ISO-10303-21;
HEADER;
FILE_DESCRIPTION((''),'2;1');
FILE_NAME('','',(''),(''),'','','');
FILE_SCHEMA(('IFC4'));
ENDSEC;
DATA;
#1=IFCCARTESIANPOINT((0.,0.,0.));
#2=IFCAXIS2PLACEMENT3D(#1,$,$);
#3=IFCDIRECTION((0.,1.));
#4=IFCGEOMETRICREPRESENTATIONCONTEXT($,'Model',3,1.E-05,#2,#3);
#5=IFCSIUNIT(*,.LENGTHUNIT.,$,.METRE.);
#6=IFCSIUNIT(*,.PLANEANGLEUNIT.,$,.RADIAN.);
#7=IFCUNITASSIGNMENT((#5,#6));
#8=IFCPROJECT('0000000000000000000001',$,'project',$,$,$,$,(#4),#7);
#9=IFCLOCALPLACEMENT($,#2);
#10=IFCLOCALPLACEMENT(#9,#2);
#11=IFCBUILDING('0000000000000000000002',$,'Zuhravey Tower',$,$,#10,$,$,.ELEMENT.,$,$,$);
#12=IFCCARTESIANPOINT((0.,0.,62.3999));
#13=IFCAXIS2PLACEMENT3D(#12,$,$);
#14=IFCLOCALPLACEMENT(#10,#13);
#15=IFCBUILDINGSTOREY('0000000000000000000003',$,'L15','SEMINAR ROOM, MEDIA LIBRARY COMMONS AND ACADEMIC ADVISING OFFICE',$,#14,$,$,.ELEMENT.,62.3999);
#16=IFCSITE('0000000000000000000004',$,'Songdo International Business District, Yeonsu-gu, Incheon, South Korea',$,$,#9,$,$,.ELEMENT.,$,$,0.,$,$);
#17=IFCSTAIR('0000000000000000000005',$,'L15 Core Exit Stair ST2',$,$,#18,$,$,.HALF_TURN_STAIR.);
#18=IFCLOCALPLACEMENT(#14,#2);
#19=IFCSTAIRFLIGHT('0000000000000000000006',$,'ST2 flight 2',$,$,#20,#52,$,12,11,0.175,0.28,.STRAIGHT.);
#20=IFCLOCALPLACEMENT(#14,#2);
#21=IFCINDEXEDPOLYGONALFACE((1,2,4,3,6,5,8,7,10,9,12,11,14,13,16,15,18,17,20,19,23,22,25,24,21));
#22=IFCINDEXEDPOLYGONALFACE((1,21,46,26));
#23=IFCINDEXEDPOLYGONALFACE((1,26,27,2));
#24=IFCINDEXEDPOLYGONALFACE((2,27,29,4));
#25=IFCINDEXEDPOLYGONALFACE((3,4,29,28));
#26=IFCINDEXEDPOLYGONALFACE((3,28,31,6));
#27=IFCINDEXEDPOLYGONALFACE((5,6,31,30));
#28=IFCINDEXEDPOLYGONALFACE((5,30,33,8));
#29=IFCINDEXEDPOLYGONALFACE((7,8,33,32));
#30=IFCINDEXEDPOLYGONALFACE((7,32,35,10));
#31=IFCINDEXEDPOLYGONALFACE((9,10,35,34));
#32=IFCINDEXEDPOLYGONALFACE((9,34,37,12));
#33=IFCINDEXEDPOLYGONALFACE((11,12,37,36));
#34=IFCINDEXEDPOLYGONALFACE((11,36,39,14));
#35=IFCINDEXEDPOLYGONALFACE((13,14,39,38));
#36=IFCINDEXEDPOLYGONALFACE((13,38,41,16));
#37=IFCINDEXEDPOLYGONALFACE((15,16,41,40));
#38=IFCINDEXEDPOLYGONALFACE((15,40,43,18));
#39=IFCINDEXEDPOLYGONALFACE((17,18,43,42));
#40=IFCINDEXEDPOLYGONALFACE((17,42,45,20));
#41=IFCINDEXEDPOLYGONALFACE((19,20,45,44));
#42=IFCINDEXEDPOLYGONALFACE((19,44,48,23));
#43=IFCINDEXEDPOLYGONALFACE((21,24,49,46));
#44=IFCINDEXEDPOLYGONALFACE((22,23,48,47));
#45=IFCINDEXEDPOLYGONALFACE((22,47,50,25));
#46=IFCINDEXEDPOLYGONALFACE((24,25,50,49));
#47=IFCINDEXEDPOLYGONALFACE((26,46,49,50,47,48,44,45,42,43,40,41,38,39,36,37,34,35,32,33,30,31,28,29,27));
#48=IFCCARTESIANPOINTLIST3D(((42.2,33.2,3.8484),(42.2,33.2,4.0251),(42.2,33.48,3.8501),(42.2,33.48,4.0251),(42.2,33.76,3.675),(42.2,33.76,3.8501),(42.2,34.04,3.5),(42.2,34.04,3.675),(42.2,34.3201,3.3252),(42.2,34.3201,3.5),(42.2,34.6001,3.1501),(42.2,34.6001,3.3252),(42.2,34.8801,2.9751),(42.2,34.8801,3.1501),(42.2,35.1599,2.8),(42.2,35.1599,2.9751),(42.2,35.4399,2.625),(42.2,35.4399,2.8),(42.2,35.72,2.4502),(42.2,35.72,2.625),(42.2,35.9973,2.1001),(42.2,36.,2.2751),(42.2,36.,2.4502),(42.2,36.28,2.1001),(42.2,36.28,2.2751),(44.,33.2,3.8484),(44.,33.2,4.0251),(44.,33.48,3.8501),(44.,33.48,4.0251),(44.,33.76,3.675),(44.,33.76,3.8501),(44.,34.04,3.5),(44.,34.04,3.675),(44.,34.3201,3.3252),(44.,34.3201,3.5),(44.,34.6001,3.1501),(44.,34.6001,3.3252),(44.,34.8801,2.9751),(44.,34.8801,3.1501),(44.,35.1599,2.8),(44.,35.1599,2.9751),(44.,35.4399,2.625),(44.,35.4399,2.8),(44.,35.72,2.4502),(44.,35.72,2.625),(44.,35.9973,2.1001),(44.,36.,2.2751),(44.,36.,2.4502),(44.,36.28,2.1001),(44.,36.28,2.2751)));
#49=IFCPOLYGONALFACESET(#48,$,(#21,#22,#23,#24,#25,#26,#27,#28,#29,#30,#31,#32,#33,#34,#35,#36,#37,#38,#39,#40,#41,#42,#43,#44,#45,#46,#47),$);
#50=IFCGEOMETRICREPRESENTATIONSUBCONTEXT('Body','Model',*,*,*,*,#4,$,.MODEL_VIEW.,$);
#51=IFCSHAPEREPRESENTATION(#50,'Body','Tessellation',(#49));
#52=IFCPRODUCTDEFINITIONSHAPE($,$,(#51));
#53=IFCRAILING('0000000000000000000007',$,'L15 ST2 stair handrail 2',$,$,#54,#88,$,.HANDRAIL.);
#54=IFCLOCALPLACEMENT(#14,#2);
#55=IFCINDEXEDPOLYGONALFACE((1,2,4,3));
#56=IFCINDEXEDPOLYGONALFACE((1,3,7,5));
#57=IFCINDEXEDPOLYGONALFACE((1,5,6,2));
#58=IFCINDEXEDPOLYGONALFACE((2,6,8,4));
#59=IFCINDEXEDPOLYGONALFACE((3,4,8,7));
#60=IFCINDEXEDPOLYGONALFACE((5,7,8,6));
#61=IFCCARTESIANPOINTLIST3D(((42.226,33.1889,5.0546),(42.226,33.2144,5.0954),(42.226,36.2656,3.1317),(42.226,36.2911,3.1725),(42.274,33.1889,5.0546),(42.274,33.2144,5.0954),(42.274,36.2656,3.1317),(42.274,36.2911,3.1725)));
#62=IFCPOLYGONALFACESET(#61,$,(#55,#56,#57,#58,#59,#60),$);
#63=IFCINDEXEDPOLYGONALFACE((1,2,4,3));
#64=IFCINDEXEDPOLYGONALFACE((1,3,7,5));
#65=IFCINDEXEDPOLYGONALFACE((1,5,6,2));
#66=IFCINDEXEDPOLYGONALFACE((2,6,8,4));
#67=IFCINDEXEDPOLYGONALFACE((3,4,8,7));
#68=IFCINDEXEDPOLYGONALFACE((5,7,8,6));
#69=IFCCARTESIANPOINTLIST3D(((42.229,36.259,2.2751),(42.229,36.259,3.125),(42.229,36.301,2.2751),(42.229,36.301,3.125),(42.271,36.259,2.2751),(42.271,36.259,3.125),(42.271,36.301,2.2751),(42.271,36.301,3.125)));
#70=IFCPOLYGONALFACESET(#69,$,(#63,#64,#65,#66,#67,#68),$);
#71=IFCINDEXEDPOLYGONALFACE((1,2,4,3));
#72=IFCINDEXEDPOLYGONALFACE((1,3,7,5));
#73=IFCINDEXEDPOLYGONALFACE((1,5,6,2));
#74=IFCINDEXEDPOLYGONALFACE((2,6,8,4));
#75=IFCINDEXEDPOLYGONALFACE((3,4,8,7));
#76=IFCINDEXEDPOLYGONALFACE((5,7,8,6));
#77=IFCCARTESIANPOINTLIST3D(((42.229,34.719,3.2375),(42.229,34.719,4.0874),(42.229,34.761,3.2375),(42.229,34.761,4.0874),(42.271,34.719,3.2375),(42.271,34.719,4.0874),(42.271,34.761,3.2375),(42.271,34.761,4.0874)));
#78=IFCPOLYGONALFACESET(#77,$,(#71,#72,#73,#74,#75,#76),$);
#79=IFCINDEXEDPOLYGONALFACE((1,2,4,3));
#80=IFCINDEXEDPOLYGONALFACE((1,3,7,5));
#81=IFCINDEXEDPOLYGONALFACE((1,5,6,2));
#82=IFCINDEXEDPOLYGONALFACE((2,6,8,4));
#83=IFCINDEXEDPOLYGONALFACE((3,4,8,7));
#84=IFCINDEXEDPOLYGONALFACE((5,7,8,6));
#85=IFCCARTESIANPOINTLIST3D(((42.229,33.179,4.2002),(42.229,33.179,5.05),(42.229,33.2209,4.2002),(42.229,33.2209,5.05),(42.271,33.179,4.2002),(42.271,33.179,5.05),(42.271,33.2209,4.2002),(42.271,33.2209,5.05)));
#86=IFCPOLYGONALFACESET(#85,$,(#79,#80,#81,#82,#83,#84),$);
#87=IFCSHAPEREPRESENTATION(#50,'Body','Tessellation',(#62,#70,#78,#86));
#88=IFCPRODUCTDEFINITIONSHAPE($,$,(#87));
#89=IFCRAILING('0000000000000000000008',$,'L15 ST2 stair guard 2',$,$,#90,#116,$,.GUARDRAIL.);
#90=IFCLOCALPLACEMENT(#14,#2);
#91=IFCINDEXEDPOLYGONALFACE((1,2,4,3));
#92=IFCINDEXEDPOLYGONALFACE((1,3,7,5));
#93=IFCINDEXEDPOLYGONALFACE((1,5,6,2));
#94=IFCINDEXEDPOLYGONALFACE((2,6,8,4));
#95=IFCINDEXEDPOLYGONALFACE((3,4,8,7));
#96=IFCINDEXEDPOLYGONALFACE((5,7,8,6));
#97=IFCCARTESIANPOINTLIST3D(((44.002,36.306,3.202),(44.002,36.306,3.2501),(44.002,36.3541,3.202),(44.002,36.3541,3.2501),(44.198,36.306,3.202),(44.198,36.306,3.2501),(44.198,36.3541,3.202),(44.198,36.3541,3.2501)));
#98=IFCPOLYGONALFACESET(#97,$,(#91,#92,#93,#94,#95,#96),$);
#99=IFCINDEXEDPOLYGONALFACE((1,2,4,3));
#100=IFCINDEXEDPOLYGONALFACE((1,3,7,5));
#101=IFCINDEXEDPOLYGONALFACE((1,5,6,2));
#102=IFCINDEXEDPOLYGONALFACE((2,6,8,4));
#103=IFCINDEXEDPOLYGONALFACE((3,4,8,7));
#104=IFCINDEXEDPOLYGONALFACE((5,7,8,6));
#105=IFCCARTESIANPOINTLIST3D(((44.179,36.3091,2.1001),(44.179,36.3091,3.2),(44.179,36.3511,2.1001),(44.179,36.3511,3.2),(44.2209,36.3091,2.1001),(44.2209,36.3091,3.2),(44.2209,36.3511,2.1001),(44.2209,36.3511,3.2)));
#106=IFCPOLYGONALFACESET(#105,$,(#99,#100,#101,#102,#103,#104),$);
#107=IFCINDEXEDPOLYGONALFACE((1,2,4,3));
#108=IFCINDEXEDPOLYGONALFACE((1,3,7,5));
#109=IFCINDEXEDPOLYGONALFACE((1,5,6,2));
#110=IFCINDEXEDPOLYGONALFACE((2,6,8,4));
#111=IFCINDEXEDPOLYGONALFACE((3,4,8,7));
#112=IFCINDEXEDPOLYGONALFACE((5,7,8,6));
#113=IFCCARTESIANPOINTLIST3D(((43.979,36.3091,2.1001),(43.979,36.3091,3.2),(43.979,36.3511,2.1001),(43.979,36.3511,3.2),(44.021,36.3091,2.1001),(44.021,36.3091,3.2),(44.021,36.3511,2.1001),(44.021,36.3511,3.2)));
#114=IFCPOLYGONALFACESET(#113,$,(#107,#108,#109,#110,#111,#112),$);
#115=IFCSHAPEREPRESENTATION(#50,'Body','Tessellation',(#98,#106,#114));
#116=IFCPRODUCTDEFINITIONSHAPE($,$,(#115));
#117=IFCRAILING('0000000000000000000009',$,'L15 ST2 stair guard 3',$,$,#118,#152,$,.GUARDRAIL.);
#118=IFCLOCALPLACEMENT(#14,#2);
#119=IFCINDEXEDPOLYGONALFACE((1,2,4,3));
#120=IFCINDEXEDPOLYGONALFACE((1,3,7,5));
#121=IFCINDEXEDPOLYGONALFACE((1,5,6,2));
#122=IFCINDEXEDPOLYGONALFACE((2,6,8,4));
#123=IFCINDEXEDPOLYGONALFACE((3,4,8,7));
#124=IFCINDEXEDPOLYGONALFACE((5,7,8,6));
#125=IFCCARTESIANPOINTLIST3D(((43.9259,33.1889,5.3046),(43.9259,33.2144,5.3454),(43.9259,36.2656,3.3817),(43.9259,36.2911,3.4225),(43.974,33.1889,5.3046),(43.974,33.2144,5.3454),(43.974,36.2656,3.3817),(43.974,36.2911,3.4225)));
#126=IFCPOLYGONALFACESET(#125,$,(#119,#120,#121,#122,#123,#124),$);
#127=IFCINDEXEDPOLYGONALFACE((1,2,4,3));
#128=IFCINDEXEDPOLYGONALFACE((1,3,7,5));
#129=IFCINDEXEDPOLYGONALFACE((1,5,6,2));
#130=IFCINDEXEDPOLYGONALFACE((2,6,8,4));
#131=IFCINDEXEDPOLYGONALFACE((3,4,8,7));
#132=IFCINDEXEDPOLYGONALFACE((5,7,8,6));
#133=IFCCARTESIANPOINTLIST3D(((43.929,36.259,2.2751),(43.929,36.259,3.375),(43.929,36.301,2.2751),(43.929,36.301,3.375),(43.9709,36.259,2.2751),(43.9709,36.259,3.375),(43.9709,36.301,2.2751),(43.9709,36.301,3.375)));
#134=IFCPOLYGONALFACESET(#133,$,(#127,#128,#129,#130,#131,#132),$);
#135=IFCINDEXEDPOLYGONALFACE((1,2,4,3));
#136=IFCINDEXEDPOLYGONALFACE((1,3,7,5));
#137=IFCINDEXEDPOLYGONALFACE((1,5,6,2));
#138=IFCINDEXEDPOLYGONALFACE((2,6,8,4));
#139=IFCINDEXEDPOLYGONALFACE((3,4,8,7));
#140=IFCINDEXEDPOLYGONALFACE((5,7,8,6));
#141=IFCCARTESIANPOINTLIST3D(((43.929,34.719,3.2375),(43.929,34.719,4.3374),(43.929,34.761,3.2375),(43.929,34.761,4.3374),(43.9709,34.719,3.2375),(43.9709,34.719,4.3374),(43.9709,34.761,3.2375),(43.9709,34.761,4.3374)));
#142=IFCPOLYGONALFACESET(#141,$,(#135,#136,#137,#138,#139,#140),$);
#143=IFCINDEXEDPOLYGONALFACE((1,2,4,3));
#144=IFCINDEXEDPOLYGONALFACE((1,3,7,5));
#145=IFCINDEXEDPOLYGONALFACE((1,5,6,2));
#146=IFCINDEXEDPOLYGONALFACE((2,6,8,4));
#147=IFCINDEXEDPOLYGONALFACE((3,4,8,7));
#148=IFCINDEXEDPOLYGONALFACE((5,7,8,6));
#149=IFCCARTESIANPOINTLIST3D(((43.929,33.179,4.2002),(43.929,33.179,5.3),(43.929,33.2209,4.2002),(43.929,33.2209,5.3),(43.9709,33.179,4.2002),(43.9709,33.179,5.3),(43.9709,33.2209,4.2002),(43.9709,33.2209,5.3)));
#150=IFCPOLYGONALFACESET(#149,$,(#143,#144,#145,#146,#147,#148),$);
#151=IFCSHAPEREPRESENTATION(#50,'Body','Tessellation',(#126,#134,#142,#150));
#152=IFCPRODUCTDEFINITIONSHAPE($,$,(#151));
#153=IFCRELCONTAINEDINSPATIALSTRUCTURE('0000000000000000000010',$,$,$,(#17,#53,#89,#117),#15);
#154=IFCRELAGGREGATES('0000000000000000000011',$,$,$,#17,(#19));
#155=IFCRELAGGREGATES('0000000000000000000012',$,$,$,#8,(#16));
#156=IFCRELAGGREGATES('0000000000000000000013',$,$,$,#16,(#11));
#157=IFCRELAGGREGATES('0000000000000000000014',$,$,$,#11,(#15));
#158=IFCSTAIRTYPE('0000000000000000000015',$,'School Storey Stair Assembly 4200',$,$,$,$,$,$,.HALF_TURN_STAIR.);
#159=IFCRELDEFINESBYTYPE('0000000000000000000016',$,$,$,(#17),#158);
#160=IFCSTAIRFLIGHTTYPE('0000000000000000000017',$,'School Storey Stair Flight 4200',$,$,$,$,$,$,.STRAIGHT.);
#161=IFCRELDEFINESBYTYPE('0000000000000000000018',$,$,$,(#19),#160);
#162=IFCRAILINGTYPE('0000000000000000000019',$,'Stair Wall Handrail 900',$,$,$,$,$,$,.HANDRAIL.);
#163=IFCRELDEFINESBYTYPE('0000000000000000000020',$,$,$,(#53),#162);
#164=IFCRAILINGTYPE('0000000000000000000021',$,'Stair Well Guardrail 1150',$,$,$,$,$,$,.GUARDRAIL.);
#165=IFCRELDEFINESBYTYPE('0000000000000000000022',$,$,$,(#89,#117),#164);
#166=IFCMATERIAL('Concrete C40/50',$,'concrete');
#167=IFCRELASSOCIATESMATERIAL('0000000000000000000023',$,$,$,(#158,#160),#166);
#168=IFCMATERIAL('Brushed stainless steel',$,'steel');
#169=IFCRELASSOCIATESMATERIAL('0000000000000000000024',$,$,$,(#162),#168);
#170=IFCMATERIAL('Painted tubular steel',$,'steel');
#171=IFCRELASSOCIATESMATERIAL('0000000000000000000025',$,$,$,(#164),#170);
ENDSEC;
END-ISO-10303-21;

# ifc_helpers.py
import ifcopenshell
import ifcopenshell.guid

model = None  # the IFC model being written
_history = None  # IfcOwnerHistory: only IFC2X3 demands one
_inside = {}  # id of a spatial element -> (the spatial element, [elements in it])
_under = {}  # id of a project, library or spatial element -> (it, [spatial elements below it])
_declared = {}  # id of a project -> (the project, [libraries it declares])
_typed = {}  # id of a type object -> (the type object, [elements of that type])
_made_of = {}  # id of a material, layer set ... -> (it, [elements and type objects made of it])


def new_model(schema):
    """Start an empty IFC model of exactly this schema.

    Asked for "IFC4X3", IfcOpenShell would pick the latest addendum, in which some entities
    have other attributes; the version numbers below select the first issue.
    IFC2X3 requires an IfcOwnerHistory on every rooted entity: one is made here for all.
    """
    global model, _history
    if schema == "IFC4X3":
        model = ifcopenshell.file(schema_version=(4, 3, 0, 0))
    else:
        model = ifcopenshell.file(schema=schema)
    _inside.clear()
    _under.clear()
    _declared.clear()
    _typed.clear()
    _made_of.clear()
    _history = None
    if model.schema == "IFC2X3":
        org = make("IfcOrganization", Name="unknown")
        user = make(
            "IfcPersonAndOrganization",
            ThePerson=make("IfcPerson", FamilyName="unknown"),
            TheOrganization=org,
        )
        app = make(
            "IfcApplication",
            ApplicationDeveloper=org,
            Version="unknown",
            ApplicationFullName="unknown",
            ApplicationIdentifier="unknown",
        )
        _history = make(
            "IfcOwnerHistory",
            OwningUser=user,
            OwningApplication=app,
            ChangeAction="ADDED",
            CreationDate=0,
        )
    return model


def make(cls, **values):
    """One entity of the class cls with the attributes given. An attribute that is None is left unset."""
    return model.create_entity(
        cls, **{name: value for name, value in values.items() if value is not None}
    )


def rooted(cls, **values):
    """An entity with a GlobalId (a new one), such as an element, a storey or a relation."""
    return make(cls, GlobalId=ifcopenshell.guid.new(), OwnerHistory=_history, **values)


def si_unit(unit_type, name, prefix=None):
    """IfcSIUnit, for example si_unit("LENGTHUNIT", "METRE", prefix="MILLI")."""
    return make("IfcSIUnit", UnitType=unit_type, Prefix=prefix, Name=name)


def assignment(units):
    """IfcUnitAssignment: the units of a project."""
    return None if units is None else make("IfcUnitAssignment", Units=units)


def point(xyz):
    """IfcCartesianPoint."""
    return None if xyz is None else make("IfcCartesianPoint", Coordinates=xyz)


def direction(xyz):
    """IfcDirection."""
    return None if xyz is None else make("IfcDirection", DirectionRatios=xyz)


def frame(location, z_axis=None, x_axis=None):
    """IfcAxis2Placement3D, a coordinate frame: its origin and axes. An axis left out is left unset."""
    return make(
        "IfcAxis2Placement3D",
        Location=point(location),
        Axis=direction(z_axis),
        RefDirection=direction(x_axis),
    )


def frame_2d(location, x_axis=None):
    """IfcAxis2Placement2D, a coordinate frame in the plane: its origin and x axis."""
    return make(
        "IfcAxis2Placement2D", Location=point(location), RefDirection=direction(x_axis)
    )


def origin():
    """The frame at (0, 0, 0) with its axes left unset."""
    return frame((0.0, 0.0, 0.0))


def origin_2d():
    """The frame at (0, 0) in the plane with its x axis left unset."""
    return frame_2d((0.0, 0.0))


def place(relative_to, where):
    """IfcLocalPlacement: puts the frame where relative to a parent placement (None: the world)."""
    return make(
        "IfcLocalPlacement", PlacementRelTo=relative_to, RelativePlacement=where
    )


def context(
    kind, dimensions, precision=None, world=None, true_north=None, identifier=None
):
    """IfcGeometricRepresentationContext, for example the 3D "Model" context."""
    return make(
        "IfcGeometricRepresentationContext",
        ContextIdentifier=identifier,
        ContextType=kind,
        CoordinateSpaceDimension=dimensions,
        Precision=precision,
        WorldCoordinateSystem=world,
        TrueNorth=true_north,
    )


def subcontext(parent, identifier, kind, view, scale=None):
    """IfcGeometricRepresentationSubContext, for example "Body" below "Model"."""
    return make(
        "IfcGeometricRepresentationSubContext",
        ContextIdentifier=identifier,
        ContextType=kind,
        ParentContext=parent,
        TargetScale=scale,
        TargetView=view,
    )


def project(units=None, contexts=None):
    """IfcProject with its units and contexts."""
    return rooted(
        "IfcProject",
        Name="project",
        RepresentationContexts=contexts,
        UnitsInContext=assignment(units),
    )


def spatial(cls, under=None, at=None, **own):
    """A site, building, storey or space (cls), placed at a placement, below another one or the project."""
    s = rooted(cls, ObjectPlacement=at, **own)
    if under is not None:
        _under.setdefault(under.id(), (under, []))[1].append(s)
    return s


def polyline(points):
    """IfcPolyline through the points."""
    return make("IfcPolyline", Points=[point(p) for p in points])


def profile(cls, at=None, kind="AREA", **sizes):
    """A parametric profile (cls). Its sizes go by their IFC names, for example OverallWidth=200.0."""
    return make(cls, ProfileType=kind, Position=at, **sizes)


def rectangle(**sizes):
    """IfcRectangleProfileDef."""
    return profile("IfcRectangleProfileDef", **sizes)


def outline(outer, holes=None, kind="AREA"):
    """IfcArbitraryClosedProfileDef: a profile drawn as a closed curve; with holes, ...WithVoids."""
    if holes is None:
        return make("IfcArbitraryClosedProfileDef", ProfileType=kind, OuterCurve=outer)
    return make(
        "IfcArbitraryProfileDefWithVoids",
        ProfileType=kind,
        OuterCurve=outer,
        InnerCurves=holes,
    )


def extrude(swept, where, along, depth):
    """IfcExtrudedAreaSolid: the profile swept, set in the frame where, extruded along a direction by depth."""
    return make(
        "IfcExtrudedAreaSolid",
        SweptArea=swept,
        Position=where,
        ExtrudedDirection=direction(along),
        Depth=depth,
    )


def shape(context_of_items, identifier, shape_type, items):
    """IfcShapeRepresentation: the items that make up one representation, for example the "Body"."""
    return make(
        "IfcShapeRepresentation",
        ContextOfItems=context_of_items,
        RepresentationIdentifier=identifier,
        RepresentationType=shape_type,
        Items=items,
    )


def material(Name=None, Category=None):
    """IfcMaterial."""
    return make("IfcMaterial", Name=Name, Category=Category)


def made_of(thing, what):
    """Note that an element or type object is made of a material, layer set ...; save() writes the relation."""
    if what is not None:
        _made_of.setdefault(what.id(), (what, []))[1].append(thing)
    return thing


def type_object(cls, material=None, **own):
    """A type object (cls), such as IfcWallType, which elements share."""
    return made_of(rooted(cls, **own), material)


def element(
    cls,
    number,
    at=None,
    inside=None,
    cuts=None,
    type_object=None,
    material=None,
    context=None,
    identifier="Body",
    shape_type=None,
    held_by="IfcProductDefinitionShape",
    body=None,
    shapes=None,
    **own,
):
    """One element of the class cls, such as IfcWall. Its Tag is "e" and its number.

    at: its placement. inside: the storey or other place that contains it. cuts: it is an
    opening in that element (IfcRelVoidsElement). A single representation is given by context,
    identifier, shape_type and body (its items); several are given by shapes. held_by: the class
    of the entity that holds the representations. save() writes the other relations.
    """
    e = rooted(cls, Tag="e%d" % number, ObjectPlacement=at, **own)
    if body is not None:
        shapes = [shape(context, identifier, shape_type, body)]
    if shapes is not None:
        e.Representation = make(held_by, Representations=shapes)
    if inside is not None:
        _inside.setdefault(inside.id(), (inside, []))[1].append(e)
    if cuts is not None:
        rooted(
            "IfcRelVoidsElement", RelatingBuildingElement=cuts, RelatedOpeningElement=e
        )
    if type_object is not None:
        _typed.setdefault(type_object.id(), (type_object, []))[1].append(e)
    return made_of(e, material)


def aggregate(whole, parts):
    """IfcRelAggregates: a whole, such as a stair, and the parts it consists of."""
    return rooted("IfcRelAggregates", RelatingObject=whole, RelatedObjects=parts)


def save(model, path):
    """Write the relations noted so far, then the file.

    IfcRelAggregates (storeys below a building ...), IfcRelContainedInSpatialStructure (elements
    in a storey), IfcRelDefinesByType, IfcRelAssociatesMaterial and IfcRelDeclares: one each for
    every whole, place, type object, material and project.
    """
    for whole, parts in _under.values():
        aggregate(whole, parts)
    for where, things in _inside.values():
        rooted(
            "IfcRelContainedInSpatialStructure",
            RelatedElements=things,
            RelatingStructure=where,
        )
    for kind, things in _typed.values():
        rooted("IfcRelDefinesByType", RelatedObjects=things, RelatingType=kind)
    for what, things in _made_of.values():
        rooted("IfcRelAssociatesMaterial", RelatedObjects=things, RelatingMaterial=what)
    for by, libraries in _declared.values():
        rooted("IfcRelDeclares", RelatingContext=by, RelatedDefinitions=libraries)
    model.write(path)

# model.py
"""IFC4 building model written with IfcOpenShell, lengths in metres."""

from ifc_helpers import new_model, si_unit, direction, frame, origin, origin_2d, place, context, subcontext, project, spatial, polyline, rectangle, outline, extrude, material, type_object, element, aggregate, save


model = new_model("IFC4")

# Units and contexts
model_context = context("Model", 3, precision=1e-05, world=origin(), true_north=direction((0.0, 1.0)))
body_context = subcontext(model_context, "Body", "Model", "MODEL_VIEW")
ifc_project = project(units=[si_unit("LENGTHUNIT", "METRE"), si_unit("PLANEANGLEUNIT", "RADIAN")], contexts=[model_context])

# Site, building, storey
site_placement = place(None, origin())
site = spatial("IfcSite", under=ifc_project, at=site_placement, Name="Songdo International Business District, Yeonsu-gu, Incheon, South Korea", CompositionType="ELEMENT", RefElevation=0.0)
building_placement = place(site_placement, origin())
building = spatial("IfcBuilding", under=site, at=building_placement, Name="Zuhravey Tower", CompositionType="ELEMENT")
storey_placement = place(building_placement, frame((0.0, 0.0, 62.3999)))
storey = spatial("IfcBuildingStorey", under=building, at=storey_placement, Name="L15", Description="SEMINAR ROOM, MEDIA LIBRARY COMMONS AND ACADEMIC ADVISING OFFICE", CompositionType="ELEMENT", Elevation=62.3999)

# Stair, stair flight
ifc_material_1 = material(Name="Concrete C40/50", Category="concrete")
stair_type = type_object("IfcStairType", Name="School Storey Stair Assembly 4200", PredefinedType="HALF_TURN_STAIR", material=ifc_material_1)
stair_placement = place(storey_placement, origin())
stair = element("IfcStair", 1, at=stair_placement, inside=storey, type_object=stair_type, Name="L15 Core Exit Stair ST2", PredefinedType="HALF_TURN_STAIR")
stair_flight_type = type_object("IfcStairFlightType", Name="School Storey Stair Flight 4200", PredefinedType="STRAIGHT", material=ifc_material_1)
stair_flight_placement = place(storey_placement, frame((43.1001, 36.28, 2.1001), z_axis=(0.0, 0.0, 1.0), x_axis=(0.0, -1.0, 0.0)))
stair_flight = element("IfcStairFlight", 2, at=stair_flight_placement, type_object=stair_flight_type, Name="ST2 flight 2", NumberOfRisers=12, NumberOfTreads=11, PredefinedType="STRAIGHT", RiserHeight=0.175, TreadLength=0.28, context=body_context, shape_type="SweptSolid", body=[
    extrude(outline(polyline([(0.0, 0.0), (0.0, 0.175), (0.28, 0.175), (0.28, 0.3501), (0.5601, 0.3501), (0.5601, 0.5249), (0.8401, 0.5249), (0.8401, 0.7), (1.1201, 0.7), (1.1201, 0.875), (1.3999, 0.875), (1.3999, 1.05), (1.6799, 1.05), (1.6799, 1.2251), (1.96, 1.2251), (1.96, 1.3999), (2.24, 1.3999), (2.24, 1.575), (2.52, 1.575), (2.52, 1.75), (2.8, 1.75), (2.8, 1.925), (3.0801, 1.925), (3.0801, 2.1001), (3.0801, 1.7483), (0.2827, 0.0), (0.0, 0.0)])), frame((0.0, 0.8999, 0.0), z_axis=(0.0, -1.0, 0.0), x_axis=(1.0, 0.0, 0.0)), (0.0, 0.0, 1.0), 1.8),
])
aggregate(stair, [stair_flight])

# Railings
ifc_material_2 = material(Name="Brushed stainless steel", Category="steel")
railing_type_1 = type_object("IfcRailingType", Name="Stair Wall Handrail 900", PredefinedType="HANDRAIL", material=ifc_material_2)
railing_1_placement = place(storey_placement, frame((42.25, 36.28, 2.2751)))
element("IfcRailing", 3, at=railing_1_placement, inside=storey, type_object=railing_type_1, Name="L15 ST2 stair handrail 2", PredefinedType="HANDRAIL", context=body_context, shape_type="SweptSolid", body=[
    extrude(rectangle(XDim=0.0481, YDim=0.0481, at=origin_2d()), frame((0.0, -0.0017, 0.877), z_axis=(0.0, -0.847998, 0.529999), x_axis=(1.0, 0.0, 0.0)), (0.0, 0.0, 1.0), 3.6282),
    extrude(rectangle(XDim=0.042, YDim=0.042, at=origin_2d()), origin(), (0.0, 0.0, 1.0), 0.8499),
    extrude(rectangle(XDim=0.042, YDim=0.042, at=origin_2d()), frame((0.0, -1.54, 0.9624)), (0.0, 0.0, 1.0), 0.8499),
    extrude(rectangle(XDim=0.042, YDim=0.042, at=origin_2d()), frame((0.0, -3.0801, 1.925)), (0.0, 0.0, 1.0), 0.8499),
])
ifc_material_3 = material(Name="Painted tubular steel", Category="steel")
railing_type_2 = type_object("IfcRailingType", Name="Stair Well Guardrail 1150", PredefinedType="GUARDRAIL", material=ifc_material_3)
railing_2_placement = place(storey_placement, frame((44.2, 36.3301, 2.1001)))
element("IfcRailing", 4, at=railing_2_placement, inside=storey, type_object=railing_type_2, Name="L15 ST2 stair guard 2", PredefinedType="GUARDRAIL", context=body_context, shape_type="SweptSolid", body=[
    extrude(rectangle(XDim=0.0481, YDim=0.0481, at=origin_2d()), frame((-0.002, 0.0, 1.126), z_axis=(-1.0, 0.0, 0.0), x_axis=(0.0, -1.0, 0.0)), (0.0, 0.0, 1.0), 0.196),
    extrude(rectangle(XDim=0.042, YDim=0.042, at=origin_2d()), origin(), (0.0, 0.0, 1.0), 1.0999),
    extrude(rectangle(XDim=0.042, YDim=0.042, at=origin_2d()), frame((-0.2, 0.0, 0.0)), (0.0, 0.0, 1.0), 1.0999),
])
railing_3_placement = place(storey_placement, frame((43.95, 36.28, 2.2751)))
element("IfcRailing", 5, at=railing_3_placement, inside=storey, type_object=railing_type_2, Name="L15 ST2 stair guard 3", PredefinedType="GUARDRAIL", context=body_context, shape_type="SweptSolid", body=[
    extrude(rectangle(XDim=0.0481, YDim=0.0481, at=origin_2d()), frame((0.0, -0.0017, 1.127), z_axis=(0.0, -0.847998, 0.529999), x_axis=(1.0, 0.0, 0.0)), (0.0, 0.0, 1.0), 3.6282),
    extrude(rectangle(XDim=0.042, YDim=0.042, at=origin_2d()), origin(), (0.0, 0.0, 1.0), 1.0999),
    extrude(rectangle(XDim=0.042, YDim=0.042, at=origin_2d()), frame((0.0, -1.54, 0.9624)), (0.0, 0.0, 1.0), 1.0999),
    extrude(rectangle(XDim=0.042, YDim=0.042, at=origin_2d()), frame((0.0, -3.0801, 1.925)), (0.0, 0.0, 1.0), 1.0999),
])

save(model, "model.ifc")
